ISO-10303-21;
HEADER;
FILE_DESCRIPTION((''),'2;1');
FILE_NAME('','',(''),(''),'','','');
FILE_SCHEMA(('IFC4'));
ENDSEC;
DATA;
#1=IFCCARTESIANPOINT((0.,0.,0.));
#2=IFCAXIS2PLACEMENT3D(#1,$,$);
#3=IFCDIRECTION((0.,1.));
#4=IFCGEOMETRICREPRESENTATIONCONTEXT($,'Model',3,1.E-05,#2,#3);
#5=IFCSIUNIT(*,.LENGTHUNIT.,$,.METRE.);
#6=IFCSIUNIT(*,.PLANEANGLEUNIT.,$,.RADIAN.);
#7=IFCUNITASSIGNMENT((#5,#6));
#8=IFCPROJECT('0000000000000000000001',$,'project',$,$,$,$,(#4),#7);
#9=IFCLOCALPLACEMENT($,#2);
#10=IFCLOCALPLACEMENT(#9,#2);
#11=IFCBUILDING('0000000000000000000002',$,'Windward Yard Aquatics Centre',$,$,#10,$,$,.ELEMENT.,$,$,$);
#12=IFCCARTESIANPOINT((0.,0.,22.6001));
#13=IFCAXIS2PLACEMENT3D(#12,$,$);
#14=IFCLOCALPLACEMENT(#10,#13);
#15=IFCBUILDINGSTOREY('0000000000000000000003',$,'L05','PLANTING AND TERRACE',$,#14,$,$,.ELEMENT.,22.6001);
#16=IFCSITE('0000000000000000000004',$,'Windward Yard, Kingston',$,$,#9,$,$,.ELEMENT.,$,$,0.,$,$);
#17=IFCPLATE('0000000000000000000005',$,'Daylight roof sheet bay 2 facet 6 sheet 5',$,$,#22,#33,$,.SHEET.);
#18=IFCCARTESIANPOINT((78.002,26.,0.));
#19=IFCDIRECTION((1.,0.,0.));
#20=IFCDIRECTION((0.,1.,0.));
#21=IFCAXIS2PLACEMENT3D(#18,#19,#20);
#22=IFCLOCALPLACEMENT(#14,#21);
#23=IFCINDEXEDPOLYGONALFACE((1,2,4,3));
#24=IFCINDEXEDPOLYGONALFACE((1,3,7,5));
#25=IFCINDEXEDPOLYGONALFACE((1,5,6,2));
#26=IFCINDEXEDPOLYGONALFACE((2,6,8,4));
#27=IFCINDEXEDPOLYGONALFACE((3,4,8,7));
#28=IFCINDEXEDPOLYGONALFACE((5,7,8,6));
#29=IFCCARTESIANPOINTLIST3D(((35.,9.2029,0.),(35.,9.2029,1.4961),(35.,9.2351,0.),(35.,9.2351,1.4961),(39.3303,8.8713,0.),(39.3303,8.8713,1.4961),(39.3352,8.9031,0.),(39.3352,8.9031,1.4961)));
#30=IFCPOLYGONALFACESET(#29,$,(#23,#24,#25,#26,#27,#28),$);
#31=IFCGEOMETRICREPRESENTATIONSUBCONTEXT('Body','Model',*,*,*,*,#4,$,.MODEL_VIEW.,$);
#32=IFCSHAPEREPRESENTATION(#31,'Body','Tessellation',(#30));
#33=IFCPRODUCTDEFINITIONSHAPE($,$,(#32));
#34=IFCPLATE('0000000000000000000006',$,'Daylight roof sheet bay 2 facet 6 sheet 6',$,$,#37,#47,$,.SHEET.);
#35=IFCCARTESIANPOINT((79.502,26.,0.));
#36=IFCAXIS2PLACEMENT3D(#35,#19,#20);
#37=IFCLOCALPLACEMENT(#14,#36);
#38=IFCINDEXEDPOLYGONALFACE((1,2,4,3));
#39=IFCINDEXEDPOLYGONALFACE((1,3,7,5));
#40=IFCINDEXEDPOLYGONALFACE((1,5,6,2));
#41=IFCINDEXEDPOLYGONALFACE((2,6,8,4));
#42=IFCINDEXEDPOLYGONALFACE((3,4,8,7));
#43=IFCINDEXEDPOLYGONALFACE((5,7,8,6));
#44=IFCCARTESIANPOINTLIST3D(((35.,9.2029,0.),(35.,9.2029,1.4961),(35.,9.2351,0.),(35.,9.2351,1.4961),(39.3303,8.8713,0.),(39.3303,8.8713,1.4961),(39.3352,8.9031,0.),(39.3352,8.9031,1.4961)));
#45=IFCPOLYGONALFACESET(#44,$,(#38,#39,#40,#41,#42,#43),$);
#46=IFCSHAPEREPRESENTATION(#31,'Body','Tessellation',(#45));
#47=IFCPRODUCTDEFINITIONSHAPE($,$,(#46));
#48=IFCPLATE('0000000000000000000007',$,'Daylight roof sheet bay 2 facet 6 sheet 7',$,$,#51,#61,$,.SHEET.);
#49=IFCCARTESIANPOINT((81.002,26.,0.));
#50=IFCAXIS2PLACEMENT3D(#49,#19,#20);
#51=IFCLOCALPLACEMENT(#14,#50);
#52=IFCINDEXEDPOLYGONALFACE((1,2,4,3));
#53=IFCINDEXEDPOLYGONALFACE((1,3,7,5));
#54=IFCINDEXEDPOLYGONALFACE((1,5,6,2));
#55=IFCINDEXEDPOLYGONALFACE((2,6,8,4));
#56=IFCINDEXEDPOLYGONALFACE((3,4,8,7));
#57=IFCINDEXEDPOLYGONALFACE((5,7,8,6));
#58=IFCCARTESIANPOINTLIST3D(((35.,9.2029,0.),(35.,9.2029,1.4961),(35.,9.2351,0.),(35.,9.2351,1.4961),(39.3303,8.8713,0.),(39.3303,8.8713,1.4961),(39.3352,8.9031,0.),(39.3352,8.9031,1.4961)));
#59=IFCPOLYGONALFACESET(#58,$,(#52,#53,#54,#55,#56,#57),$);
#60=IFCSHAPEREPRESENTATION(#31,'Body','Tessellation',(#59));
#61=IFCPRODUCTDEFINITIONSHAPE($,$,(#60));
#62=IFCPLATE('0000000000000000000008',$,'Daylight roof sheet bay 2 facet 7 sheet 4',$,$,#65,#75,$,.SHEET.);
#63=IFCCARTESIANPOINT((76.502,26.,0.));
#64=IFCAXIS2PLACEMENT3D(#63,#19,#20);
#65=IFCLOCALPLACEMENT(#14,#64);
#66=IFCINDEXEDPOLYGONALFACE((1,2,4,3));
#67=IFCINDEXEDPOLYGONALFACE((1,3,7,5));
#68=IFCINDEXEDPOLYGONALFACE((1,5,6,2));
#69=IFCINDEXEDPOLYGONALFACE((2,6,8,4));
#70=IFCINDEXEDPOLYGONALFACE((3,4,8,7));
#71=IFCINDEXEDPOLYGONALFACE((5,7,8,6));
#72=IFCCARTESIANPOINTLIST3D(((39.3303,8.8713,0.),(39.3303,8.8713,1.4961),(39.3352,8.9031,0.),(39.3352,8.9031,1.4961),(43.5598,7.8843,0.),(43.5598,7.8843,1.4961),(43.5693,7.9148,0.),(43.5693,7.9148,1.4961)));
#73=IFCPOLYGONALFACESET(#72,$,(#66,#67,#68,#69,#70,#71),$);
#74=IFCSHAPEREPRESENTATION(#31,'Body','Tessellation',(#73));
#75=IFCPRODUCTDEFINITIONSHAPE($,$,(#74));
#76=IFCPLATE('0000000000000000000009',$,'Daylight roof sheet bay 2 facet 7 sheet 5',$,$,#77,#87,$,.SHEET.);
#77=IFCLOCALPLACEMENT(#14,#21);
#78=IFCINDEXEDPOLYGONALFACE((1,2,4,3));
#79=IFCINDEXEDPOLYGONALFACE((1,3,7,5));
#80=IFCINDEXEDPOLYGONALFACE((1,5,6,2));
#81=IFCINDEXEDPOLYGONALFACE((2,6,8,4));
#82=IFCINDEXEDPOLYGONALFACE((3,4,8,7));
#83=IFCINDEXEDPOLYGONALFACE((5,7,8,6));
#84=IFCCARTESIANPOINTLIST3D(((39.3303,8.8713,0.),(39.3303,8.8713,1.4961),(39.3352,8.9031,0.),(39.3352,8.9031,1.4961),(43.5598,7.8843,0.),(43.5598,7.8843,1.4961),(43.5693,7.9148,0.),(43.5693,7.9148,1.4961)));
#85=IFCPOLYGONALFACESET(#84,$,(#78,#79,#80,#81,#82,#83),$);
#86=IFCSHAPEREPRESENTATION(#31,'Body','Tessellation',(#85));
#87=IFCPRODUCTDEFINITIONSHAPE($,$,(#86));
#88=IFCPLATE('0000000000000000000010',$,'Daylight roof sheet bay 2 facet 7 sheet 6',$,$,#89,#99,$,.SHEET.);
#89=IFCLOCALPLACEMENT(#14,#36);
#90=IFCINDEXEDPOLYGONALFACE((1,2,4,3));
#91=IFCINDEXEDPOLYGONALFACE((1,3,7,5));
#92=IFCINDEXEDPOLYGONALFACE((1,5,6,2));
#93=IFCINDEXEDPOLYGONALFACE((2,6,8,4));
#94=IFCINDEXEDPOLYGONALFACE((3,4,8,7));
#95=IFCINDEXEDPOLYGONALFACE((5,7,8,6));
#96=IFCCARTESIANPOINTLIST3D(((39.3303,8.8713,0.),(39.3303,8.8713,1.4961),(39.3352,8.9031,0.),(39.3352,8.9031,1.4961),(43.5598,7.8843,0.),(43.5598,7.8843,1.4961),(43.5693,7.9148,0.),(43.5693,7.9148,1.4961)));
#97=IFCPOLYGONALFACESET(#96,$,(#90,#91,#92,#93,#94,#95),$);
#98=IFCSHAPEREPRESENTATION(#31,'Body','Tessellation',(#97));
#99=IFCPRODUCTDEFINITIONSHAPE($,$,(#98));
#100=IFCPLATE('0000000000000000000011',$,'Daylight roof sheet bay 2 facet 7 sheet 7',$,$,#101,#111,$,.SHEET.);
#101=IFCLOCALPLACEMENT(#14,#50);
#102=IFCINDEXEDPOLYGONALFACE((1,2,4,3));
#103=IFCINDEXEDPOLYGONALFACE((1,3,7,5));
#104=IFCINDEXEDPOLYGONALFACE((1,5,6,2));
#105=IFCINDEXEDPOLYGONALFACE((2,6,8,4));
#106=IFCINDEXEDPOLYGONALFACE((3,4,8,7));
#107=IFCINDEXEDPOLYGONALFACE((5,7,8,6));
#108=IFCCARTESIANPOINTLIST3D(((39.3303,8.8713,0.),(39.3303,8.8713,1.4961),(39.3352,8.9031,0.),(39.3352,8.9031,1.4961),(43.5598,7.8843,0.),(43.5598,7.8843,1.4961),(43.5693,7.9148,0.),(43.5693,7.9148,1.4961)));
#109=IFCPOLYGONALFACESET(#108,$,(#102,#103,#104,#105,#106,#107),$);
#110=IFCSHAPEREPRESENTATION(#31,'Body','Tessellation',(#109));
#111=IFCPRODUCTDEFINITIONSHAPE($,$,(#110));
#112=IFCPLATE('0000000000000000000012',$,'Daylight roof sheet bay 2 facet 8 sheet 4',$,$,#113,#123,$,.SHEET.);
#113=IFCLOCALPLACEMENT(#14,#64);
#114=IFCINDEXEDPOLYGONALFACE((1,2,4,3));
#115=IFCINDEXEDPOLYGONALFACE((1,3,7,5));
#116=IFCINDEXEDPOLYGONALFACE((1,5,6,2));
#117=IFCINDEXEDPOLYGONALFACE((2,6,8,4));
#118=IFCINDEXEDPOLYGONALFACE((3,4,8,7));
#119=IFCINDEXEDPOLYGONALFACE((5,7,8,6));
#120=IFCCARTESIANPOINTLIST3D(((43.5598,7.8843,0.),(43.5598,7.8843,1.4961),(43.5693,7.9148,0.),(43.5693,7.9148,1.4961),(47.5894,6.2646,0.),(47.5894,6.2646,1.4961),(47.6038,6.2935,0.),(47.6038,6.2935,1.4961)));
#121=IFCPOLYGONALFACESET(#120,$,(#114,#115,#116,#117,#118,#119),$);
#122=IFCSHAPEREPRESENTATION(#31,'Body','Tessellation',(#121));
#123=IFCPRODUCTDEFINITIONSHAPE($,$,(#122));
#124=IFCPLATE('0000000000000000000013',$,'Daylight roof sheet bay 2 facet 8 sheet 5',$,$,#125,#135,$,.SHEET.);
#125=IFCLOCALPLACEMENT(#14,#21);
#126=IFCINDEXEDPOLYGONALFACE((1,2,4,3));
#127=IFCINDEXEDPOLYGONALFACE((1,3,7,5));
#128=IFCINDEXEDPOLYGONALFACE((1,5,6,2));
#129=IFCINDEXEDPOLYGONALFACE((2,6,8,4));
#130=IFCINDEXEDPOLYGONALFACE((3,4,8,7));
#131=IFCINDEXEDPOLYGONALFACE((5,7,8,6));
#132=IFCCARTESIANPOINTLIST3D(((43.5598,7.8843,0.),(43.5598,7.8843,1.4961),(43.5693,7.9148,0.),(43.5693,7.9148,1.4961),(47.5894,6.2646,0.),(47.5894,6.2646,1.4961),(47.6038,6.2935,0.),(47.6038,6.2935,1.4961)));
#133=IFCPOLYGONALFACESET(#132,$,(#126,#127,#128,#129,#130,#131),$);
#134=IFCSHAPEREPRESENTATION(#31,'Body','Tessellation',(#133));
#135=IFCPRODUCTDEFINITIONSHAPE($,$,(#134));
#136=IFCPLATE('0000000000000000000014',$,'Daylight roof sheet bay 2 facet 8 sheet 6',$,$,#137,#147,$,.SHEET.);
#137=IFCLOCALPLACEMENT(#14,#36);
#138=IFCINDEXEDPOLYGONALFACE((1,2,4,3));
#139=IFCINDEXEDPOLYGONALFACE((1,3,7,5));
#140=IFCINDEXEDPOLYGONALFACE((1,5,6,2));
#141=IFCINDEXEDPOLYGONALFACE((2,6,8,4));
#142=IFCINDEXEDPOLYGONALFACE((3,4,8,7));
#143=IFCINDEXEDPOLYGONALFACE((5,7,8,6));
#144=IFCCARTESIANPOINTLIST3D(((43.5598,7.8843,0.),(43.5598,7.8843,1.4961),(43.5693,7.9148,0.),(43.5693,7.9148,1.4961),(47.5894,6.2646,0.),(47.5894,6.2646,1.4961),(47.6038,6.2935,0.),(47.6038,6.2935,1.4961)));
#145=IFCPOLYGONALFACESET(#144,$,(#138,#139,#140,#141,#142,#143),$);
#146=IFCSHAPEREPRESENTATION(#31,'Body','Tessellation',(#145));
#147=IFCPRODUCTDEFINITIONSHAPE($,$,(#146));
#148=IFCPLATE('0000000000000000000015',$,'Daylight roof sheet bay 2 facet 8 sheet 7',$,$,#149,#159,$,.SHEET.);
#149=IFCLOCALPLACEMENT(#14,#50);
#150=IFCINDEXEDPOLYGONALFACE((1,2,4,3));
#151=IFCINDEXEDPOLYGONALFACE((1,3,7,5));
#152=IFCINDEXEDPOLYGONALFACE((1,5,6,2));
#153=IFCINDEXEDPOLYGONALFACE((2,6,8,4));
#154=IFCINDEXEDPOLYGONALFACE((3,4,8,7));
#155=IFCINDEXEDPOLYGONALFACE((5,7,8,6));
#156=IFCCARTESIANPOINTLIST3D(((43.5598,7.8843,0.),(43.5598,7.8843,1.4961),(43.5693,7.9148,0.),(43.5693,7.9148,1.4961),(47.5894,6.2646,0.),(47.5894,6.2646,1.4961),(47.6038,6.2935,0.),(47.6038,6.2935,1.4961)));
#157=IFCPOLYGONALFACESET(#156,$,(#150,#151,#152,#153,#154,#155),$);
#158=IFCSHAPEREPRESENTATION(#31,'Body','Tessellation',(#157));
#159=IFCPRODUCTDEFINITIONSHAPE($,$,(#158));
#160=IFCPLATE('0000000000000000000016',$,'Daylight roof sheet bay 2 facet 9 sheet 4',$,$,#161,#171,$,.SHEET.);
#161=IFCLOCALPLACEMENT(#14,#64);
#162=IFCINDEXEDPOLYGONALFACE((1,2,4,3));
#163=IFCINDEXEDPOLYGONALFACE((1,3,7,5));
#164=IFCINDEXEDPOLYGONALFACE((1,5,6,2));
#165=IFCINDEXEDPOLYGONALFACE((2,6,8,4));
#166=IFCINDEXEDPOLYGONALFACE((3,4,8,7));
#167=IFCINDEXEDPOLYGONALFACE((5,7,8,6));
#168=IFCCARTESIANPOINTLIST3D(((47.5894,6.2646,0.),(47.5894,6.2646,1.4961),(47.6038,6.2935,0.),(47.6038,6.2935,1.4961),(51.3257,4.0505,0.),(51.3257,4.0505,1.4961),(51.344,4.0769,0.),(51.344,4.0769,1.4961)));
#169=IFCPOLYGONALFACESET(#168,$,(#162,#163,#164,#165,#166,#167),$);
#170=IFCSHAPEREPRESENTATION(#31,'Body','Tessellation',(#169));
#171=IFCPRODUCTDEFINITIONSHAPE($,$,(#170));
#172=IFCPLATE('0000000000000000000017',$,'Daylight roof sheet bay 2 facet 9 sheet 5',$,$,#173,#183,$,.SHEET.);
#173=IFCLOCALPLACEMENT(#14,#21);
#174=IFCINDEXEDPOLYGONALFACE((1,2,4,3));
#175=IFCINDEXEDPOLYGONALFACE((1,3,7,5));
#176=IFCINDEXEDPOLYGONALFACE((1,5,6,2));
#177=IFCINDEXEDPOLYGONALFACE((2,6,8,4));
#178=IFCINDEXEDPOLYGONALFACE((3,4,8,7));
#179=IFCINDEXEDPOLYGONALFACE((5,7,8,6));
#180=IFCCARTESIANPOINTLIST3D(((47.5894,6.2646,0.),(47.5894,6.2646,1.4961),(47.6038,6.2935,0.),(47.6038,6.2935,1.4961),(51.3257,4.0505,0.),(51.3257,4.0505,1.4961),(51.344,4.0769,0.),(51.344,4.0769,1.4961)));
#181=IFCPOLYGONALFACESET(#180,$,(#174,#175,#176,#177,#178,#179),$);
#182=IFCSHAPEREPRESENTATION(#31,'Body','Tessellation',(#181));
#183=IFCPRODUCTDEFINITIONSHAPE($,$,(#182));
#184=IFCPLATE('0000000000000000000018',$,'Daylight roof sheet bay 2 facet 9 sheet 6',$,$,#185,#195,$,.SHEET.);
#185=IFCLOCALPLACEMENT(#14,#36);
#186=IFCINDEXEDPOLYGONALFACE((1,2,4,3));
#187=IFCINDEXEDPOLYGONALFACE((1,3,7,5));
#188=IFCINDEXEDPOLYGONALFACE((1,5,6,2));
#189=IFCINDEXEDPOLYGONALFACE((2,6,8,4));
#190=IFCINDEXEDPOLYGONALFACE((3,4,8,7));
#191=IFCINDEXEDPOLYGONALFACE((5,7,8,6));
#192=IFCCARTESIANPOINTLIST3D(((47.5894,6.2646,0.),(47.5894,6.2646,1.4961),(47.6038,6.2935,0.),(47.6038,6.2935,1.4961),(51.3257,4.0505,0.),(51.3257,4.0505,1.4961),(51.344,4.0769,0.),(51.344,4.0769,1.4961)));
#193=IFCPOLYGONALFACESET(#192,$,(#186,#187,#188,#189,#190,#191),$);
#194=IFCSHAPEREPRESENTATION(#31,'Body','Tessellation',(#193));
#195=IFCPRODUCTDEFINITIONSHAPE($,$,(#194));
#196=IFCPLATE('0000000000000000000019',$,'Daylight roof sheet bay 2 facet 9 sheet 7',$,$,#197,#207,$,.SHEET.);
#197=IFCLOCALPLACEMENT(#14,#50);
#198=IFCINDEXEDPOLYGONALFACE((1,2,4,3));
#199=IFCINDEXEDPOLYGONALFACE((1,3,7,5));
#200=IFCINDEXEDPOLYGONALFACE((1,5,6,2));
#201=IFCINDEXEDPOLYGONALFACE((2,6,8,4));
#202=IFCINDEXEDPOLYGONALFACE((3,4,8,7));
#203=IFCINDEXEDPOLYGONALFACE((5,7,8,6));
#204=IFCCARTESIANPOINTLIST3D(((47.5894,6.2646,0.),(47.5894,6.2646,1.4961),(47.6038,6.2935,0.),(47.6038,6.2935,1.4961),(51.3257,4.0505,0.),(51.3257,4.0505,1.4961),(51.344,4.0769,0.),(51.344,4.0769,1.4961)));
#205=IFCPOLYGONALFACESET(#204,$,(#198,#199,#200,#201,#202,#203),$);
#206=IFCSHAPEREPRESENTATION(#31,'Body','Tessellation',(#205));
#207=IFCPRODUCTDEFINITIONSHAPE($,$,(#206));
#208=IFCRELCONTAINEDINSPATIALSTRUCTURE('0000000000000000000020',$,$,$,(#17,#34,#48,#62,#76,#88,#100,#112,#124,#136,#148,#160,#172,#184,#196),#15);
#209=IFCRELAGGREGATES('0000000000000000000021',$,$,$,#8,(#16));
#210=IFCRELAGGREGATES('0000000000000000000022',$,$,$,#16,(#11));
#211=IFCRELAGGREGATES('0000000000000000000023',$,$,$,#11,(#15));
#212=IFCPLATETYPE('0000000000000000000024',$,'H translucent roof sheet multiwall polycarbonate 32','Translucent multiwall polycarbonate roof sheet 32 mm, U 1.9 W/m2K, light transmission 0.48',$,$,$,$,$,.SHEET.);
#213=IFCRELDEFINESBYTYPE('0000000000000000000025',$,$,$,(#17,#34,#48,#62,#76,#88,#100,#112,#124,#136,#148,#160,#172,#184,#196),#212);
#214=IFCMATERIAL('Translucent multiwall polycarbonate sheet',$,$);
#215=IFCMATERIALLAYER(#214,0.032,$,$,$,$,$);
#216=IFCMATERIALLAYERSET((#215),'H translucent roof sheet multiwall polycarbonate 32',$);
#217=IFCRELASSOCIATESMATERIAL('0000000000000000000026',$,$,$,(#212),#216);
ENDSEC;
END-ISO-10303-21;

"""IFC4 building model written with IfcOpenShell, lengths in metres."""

from ifc_helpers import new_model, si_unit, direction, frame, origin, place, context, subcontext, project, spatial, polyline, outline, extrude, material, layer, layer_set, type_object, element, save


model = new_model("IFC4")

# Units and contexts
model_context = context("Model", 3, precision=1e-05, world=origin(), true_north=direction((0.0, 1.0)))
body_context = subcontext(model_context, "Body", "Model", "MODEL_VIEW")
ifc_project = project(units=[si_unit("LENGTHUNIT", "METRE"), si_unit("PLANEANGLEUNIT", "RADIAN")], contexts=[model_context])

# Site, building, storey
site_placement = place(None, origin())
site = spatial("IfcSite", under=ifc_project, at=site_placement, Name="Windward Yard, Kingston", CompositionType="ELEMENT", RefElevation=0.0)
building_placement = place(site_placement, origin())
building = spatial("IfcBuilding", under=site, at=building_placement, Name="Windward Yard Aquatics Centre", CompositionType="ELEMENT")
storey_placement = place(building_placement, frame((0.0, 0.0, 22.6001)))
storey = spatial("IfcBuildingStorey", under=building, at=storey_placement, Name="L05", Description="PLANTING AND TERRACE", CompositionType="ELEMENT", Elevation=22.6001)

# Plates
ifc_material = material(Name="Translucent multiwall polycarbonate sheet")
ifc_layer = layer(ifc_material, 0.032)
ifc_layer_set = layer_set([ifc_layer], Name="H translucent roof sheet multiwall polycarbonate 32")
plate_type = type_object("IfcPlateType", Name="H translucent roof sheet multiwall polycarbonate 32", Description="Translucent multiwall polycarbonate roof sheet 32 mm, U 1.9 W/m2K, light transmission 0.48", PredefinedType="SHEET", material=ifc_layer_set)
for number, where, z_axis, x_axis, name in (
    (1, (78.002, 26.0, 0.0), (1.0, 0.0, 0.0), (0.0, 1.0, 0.0), "Daylight roof sheet bay 2 facet 6 sheet 5"),
    (2, (79.502, 26.0, 0.0), (1.0, 0.0, 0.0), (0.0, 1.0, 0.0), "Daylight roof sheet bay 2 facet 6 sheet 6"),
    (3, (81.002, 26.0, 0.0), (1.0, 0.0, 0.0), (0.0, 1.0, 0.0), "Daylight roof sheet bay 2 facet 6 sheet 7"),
):
    element("IfcPlate", number, at=place(storey_placement, frame(where, z_axis=z_axis, x_axis=x_axis)), inside=storey, type_object=plate_type, Name=name, PredefinedType="SHEET", context=body_context, shape_type="SweptSolid", body=[
        extrude(outline(polyline([(35.0, 9.2029), (39.3303, 8.8713), (39.3352, 8.9031), (35.0, 9.2351), (35.0, 9.2029)])), origin(), (0.0, 0.0, 1.0), 1.4961),
    ])
for number, where, z_axis, x_axis, name in (
    (4, (76.502, 26.0, 0.0), (1.0, 0.0, 0.0), (0.0, 1.0, 0.0), "Daylight roof sheet bay 2 facet 7 sheet 4"),
    (5, (78.002, 26.0, 0.0), (1.0, 0.0, 0.0), (0.0, 1.0, 0.0), "Daylight roof sheet bay 2 facet 7 sheet 5"),
    (6, (79.502, 26.0, 0.0), (1.0, 0.0, 0.0), (0.0, 1.0, 0.0), "Daylight roof sheet bay 2 facet 7 sheet 6"),
    (7, (81.002, 26.0, 0.0), (1.0, 0.0, 0.0), (0.0, 1.0, 0.0), "Daylight roof sheet bay 2 facet 7 sheet 7"),
):
    element("IfcPlate", number, at=place(storey_placement, frame(where, z_axis=z_axis, x_axis=x_axis)), inside=storey, type_object=plate_type, Name=name, PredefinedType="SHEET", context=body_context, shape_type="SweptSolid", body=[
        extrude(outline(polyline([(39.3303, 8.8713), (43.5598, 7.8843), (43.5693, 7.9148), (39.3352, 8.9031), (39.3303, 8.8713)])), origin(), (0.0, 0.0, 1.0), 1.4961),
    ])
for number, where, z_axis, x_axis, name in (
    (8, (76.502, 26.0, 0.0), (1.0, 0.0, 0.0), (0.0, 1.0, 0.0), "Daylight roof sheet bay 2 facet 8 sheet 4"),
    (9, (78.002, 26.0, 0.0), (1.0, 0.0, 0.0), (0.0, 1.0, 0.0), "Daylight roof sheet bay 2 facet 8 sheet 5"),
    (10, (79.502, 26.0, 0.0), (1.0, 0.0, 0.0), (0.0, 1.0, 0.0), "Daylight roof sheet bay 2 facet 8 sheet 6"),
    (11, (81.002, 26.0, 0.0), (1.0, 0.0, 0.0), (0.0, 1.0, 0.0), "Daylight roof sheet bay 2 facet 8 sheet 7"),
):
    element("IfcPlate", number, at=place(storey_placement, frame(where, z_axis=z_axis, x_axis=x_axis)), inside=storey, type_object=plate_type, Name=name, PredefinedType="SHEET", context=body_context, shape_type="SweptSolid", body=[
        extrude(outline(polyline([(43.5598, 7.8843), (47.5894, 6.2646), (47.6038, 6.2935), (43.5693, 7.9148), (43.5598, 7.8843)])), origin(), (0.0, 0.0, 1.0), 1.4961),
    ])
for number, where, z_axis, x_axis, name in (
    (12, (76.502, 26.0, 0.0), (1.0, 0.0, 0.0), (0.0, 1.0, 0.0), "Daylight roof sheet bay 2 facet 9 sheet 4"),
    (13, (78.002, 26.0, 0.0), (1.0, 0.0, 0.0), (0.0, 1.0, 0.0), "Daylight roof sheet bay 2 facet 9 sheet 5"),
    (14, (79.502, 26.0, 0.0), (1.0, 0.0, 0.0), (0.0, 1.0, 0.0), "Daylight roof sheet bay 2 facet 9 sheet 6"),
    (15, (81.002, 26.0, 0.0), (1.0, 0.0, 0.0), (0.0, 1.0, 0.0), "Daylight roof sheet bay 2 facet 9 sheet 7"),
):
    element("IfcPlate", number, at=place(storey_placement, frame(where, z_axis=z_axis, x_axis=x_axis)), inside=storey, type_object=plate_type, Name=name, PredefinedType="SHEET", context=body_context, shape_type="SweptSolid", body=[
        extrude(outline(polyline([(47.5894, 6.2646), (51.3257, 4.0505), (51.344, 4.0769), (47.6038, 6.2935), (47.5894, 6.2646)])), origin(), (0.0, 0.0, 1.0), 1.4961),
    ])

save(model, "model.ifc")
